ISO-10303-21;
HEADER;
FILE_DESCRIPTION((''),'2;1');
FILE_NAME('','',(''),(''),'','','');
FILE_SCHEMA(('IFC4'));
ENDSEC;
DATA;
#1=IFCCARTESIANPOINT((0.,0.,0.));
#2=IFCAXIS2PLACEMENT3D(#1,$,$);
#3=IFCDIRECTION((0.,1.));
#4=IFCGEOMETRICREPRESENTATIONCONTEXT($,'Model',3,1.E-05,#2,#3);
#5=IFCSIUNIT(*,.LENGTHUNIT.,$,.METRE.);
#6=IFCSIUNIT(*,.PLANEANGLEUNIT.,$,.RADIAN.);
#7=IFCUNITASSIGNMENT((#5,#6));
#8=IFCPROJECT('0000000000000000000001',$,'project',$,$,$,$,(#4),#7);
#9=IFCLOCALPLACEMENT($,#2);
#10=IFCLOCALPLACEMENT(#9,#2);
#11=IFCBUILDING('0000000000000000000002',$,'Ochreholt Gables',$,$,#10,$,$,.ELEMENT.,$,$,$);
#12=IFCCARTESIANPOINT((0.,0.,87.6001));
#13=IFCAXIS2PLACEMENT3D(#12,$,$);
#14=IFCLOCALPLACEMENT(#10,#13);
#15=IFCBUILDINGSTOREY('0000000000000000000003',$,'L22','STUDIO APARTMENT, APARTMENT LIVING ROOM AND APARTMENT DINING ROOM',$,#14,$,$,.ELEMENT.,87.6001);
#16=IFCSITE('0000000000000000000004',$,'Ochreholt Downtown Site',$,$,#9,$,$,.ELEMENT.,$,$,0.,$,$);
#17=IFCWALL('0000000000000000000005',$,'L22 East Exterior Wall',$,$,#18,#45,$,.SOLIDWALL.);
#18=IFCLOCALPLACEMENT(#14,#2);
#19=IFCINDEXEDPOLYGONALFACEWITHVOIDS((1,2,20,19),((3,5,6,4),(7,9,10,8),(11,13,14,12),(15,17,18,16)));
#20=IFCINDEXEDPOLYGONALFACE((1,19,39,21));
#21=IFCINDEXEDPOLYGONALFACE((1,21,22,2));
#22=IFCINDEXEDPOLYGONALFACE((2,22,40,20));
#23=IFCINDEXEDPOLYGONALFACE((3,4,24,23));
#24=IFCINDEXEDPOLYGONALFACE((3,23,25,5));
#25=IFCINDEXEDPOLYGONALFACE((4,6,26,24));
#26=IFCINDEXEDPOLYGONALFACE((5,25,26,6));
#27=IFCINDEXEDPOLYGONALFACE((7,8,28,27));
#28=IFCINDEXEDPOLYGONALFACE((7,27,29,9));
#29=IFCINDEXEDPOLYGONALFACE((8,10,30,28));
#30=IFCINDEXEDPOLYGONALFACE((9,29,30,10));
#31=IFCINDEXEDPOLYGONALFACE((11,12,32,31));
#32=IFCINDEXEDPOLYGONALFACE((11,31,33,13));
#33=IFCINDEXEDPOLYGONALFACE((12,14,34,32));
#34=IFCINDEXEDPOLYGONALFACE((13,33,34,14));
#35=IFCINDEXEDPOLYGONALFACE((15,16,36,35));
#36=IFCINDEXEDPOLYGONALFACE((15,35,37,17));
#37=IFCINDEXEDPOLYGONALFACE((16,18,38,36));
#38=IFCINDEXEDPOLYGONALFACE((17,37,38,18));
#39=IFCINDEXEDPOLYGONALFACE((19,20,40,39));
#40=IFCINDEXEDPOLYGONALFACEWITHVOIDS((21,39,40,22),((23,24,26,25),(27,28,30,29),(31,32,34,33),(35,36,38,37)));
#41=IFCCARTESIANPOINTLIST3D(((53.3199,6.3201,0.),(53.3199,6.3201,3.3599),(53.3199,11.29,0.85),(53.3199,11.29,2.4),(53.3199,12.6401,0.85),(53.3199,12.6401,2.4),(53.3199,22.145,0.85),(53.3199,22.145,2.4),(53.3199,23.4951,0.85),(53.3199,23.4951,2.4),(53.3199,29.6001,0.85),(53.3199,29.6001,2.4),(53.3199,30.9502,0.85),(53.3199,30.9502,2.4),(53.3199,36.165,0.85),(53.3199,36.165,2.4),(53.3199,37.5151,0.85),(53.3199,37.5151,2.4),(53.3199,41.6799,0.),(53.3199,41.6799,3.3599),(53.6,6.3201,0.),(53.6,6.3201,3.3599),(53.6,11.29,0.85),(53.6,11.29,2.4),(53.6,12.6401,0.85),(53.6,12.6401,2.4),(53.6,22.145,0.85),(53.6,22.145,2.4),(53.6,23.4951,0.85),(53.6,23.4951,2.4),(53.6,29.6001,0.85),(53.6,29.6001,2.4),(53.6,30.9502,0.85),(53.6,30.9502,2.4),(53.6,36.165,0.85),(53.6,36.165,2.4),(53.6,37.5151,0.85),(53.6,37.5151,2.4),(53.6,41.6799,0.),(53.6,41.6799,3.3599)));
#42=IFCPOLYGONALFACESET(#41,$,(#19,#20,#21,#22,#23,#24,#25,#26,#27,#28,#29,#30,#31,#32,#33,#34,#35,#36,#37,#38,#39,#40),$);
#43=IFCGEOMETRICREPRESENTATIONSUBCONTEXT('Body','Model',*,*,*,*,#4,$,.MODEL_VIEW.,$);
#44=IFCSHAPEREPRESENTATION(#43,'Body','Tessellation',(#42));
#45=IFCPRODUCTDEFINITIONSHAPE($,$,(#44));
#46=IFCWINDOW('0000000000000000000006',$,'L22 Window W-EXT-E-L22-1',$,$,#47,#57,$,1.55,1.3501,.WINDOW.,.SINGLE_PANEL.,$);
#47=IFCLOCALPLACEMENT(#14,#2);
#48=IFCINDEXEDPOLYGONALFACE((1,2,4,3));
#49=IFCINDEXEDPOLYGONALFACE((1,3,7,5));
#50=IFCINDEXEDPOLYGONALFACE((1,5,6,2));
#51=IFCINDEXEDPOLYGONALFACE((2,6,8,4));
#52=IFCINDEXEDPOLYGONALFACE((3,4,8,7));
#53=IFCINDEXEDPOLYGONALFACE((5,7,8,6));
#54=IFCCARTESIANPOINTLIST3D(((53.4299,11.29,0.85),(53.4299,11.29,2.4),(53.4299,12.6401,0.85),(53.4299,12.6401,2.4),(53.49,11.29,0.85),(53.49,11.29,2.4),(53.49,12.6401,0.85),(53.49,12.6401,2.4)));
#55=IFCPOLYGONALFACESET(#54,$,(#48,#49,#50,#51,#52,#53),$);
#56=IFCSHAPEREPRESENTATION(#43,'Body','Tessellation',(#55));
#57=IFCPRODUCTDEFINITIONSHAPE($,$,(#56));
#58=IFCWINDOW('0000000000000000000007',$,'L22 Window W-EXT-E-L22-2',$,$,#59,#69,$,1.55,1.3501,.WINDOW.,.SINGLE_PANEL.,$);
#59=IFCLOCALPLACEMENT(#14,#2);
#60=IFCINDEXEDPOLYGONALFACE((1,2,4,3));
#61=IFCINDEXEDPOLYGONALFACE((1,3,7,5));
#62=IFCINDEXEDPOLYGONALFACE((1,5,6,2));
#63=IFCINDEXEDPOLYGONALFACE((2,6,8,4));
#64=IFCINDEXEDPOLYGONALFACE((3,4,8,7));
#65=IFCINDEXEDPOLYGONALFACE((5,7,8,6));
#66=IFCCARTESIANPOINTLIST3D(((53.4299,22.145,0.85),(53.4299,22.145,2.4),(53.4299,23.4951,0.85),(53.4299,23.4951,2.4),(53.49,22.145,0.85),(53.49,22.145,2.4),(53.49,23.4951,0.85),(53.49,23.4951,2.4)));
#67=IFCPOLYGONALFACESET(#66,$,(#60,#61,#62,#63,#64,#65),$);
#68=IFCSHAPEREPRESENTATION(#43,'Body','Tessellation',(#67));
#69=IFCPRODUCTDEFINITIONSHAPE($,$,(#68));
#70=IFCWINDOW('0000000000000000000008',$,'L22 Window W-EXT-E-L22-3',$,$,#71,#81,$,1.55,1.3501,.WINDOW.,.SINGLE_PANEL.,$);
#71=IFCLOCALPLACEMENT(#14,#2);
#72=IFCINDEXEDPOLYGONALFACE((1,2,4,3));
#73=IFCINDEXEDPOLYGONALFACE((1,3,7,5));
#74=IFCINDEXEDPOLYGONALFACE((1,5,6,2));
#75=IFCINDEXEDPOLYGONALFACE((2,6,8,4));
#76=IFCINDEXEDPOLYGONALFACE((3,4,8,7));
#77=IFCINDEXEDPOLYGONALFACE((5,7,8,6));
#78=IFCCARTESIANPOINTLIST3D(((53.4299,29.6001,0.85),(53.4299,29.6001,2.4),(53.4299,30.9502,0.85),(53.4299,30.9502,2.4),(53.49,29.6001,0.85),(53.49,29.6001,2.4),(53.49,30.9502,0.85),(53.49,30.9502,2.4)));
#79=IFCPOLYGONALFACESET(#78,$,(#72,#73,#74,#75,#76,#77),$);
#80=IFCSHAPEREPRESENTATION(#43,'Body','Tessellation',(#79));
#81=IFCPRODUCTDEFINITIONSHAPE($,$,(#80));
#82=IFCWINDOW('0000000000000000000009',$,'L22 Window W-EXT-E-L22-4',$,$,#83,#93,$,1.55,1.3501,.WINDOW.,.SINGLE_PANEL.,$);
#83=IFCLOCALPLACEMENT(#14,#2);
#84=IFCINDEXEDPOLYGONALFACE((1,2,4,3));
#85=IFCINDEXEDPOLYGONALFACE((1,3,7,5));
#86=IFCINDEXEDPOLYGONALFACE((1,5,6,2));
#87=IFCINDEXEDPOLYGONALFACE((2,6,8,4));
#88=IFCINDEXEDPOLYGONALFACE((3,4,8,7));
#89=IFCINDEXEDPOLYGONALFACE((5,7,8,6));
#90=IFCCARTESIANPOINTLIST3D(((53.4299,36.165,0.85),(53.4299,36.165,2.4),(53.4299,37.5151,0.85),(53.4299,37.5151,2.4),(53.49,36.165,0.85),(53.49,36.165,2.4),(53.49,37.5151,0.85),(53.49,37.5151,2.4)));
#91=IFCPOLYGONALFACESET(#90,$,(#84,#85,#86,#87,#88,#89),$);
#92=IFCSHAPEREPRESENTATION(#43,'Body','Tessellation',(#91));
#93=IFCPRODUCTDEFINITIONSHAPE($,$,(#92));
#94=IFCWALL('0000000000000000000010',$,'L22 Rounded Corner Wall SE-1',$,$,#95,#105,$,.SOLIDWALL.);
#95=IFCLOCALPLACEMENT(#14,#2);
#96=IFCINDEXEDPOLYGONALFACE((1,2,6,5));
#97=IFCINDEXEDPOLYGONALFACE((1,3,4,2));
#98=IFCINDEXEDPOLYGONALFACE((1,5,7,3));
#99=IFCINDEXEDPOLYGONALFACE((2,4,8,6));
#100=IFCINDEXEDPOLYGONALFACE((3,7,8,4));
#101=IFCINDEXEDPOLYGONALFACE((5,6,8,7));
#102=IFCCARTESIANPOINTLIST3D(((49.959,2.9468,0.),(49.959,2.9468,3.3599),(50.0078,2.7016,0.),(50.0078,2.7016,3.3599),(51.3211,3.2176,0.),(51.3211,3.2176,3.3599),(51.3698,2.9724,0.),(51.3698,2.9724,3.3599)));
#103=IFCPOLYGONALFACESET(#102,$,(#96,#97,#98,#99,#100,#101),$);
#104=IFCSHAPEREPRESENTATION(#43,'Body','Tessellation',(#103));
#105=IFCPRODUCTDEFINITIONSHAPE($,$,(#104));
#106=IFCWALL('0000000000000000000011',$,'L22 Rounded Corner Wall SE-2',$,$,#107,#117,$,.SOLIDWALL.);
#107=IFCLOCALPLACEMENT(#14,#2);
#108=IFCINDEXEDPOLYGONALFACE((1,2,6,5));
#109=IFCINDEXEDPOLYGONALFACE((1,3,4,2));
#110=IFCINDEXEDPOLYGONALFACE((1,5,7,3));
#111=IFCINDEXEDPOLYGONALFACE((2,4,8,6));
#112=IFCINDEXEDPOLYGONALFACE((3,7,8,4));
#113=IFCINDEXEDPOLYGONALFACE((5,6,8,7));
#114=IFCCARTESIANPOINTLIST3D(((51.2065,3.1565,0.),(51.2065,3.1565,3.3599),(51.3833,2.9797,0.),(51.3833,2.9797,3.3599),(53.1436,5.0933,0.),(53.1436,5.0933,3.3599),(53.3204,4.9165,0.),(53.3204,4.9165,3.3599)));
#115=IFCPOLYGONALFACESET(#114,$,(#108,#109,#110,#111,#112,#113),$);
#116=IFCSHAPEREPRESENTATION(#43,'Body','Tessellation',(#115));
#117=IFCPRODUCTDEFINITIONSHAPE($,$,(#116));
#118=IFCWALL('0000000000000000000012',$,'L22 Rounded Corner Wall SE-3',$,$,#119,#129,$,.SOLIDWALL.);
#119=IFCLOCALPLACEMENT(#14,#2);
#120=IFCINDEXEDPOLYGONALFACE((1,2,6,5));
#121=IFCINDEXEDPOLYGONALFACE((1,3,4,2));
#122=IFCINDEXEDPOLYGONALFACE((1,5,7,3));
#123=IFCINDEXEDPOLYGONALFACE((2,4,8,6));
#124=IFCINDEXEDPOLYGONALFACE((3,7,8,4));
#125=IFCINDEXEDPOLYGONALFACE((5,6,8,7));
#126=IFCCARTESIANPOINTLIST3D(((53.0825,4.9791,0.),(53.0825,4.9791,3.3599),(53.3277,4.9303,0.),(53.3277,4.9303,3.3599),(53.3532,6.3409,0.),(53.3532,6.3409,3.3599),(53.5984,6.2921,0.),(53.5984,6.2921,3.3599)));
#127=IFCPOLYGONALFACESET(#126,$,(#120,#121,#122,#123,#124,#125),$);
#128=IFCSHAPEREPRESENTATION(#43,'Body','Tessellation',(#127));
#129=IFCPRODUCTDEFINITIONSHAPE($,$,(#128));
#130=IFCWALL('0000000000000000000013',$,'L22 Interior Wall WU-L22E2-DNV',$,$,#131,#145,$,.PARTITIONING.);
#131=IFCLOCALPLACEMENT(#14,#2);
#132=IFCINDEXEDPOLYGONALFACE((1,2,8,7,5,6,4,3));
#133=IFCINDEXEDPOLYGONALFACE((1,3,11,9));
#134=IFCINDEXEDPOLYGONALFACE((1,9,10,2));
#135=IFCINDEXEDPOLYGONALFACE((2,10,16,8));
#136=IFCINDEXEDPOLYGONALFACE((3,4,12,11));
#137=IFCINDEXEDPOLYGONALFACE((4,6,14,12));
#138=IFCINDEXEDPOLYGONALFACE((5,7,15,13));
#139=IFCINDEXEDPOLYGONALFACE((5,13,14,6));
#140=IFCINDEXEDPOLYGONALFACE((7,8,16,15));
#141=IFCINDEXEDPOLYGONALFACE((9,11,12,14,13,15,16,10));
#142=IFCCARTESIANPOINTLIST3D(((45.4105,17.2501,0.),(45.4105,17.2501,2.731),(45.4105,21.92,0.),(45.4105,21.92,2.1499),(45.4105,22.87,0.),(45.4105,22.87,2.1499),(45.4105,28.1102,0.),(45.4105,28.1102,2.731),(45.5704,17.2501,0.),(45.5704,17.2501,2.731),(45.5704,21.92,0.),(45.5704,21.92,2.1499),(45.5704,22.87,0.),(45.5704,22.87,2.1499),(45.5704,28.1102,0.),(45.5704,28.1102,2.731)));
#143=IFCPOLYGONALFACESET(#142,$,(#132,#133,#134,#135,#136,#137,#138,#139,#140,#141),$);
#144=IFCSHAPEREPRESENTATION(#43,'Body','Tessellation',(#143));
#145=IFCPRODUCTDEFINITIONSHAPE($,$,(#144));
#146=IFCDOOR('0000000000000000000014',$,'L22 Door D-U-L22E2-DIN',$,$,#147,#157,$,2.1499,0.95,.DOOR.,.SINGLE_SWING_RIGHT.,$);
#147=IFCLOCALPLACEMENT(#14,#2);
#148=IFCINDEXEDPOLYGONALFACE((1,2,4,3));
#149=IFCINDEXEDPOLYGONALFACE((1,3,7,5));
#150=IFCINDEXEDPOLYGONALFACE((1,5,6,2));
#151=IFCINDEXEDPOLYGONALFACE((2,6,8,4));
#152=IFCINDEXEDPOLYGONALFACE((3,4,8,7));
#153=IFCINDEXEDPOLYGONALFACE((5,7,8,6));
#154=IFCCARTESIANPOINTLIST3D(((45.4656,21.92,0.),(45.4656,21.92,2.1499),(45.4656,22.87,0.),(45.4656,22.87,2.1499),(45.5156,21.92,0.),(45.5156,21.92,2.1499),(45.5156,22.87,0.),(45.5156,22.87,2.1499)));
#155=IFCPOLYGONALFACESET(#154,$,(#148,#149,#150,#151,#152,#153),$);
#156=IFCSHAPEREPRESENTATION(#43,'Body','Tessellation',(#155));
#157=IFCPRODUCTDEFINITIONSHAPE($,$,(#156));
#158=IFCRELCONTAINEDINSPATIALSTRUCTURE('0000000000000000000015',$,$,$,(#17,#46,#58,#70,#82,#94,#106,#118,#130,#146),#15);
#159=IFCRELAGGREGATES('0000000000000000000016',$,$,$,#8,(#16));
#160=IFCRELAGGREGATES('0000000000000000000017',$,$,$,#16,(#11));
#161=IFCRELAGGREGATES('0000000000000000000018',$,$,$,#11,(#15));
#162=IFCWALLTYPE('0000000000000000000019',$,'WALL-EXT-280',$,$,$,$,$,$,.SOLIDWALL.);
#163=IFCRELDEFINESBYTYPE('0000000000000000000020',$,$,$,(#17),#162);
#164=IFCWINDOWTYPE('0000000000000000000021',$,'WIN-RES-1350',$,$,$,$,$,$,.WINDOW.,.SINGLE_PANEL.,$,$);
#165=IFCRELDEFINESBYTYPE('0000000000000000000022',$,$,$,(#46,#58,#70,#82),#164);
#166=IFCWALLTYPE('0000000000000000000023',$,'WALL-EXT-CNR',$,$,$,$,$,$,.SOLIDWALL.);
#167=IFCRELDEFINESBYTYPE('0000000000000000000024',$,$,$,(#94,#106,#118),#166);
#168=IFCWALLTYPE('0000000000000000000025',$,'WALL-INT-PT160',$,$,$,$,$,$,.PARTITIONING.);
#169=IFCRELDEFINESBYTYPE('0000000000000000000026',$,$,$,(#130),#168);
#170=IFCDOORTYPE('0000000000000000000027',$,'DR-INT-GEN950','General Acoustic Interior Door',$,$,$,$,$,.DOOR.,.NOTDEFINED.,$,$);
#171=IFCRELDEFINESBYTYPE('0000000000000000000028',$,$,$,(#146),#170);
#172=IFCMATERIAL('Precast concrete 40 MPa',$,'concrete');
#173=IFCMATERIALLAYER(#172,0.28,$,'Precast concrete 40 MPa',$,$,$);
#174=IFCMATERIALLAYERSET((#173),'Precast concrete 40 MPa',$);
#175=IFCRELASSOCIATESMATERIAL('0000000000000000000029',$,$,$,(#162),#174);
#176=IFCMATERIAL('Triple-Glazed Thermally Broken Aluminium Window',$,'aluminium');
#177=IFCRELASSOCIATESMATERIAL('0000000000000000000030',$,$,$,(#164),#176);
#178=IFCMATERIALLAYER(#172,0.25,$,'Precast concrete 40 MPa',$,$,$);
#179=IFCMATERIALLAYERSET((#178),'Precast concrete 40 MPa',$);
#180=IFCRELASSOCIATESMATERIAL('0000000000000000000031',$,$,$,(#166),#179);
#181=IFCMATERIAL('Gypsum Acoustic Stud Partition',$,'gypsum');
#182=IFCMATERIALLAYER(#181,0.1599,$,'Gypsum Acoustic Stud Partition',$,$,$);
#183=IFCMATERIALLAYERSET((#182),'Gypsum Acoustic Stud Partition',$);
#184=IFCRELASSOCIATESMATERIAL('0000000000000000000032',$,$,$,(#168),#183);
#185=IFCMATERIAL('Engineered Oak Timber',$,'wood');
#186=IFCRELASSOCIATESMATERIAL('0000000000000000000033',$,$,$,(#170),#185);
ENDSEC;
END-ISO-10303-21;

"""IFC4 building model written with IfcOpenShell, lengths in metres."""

from ifc_helpers import new_model, si_unit, direction, frame, frame_2d, origin, place, context, subcontext, project, spatial, rectangle, extrude, material, layer, layer_set, type_object, element, fill, save


model = new_model("IFC4")

# Units and contexts
model_context = context("Model", 3, precision=1e-05, world=origin(), true_north=direction((0.0, 1.0)))
body_context = subcontext(model_context, "Body", "Model", "MODEL_VIEW")
ifc_project = project(units=[si_unit("LENGTHUNIT", "METRE"), si_unit("PLANEANGLEUNIT", "RADIAN")], contexts=[model_context])

# Site, building, storey
site_placement = place(None, origin())
site = spatial("IfcSite", under=ifc_project, at=site_placement, Name="Ochreholt Downtown Site", CompositionType="ELEMENT", RefElevation=0.0)
building_placement = place(site_placement, origin())
building = spatial("IfcBuilding", under=site, at=building_placement, Name="Ochreholt Gables", CompositionType="ELEMENT")
storey_placement = place(building_placement, frame((0.0, 0.0, 87.6001)))
storey = spatial("IfcBuildingStorey", under=building, at=storey_placement, Name="L22", Description="STUDIO APARTMENT, APARTMENT LIVING ROOM AND APARTMENT DINING ROOM", CompositionType="ELEMENT", Elevation=87.6001)

# Wall, openings, windows
ifc_material_1 = material(Name="Precast concrete 40 MPa", Category="concrete")
ifc_layer_1 = layer(ifc_material_1, 0.28, Name="Precast concrete 40 MPa")
ifc_layer_set_1 = layer_set([ifc_layer_1], Name="Precast concrete 40 MPa")
wall_type_1 = type_object("IfcWallType", Name="WALL-EXT-280", PredefinedType="SOLIDWALL", material=ifc_layer_set_1)
wall_1_placement = place(storey_placement, frame((53.46, 6.3201, 0.0), z_axis=(0.0, 0.0, 1.0), x_axis=(0.0, 1.0, 0.0)))
wall_1 = element("IfcWall", 1, at=wall_1_placement, inside=storey, type_object=wall_type_1, Name="L22 East Exterior Wall", PredefinedType="SOLIDWALL", context=body_context, shape_type="SweptSolid", body=[
    extrude(rectangle(XDim=35.3599, YDim=0.28, at=frame_2d((17.6799, 0.0))), origin(), (0.0, 0.0, 1.0), 3.3599),
])
opening_1_placement = place(wall_1_placement, frame((4.97, 0.0, 0.8501)))
opening_1 = element("IfcOpeningElement", 2, at=opening_1_placement, cuts=wall_1, PredefinedType="OPENING", context=body_context, shape_type="SweptSolid", body=[
    extrude(rectangle(XDim=1.3501, YDim=1.55, at=frame_2d((0.675, 0.7749))), frame((0.0, 0.1499, 0.0), z_axis=(0.0, -1.0, 0.0), x_axis=(1.0, 0.0, 0.0)), (0.0, 0.0, 1.0), 0.3),
])
opening_2_placement = place(wall_1_placement, frame((15.825, 0.0, 0.8501)))
opening_2 = element("IfcOpeningElement", 3, at=opening_2_placement, cuts=wall_1, PredefinedType="OPENING", context=body_context, shape_type="SweptSolid", body=[
    extrude(rectangle(XDim=1.3501, YDim=1.55, at=frame_2d((0.675, 0.7749))), frame((0.0, 0.1499, 0.0), z_axis=(0.0, -1.0, 0.0), x_axis=(1.0, 0.0, 0.0)), (0.0, 0.0, 1.0), 0.3),
])
opening_3_placement = place(wall_1_placement, frame((23.28, 0.0, 0.8501)))
opening_3 = element("IfcOpeningElement", 4, at=opening_3_placement, cuts=wall_1, PredefinedType="OPENING", context=body_context, shape_type="SweptSolid", body=[
    extrude(rectangle(XDim=1.3501, YDim=1.55, at=frame_2d((0.675, 0.7749))), frame((0.0, 0.1499, 0.0), z_axis=(0.0, -1.0, 0.0), x_axis=(1.0, 0.0, 0.0)), (0.0, 0.0, 1.0), 0.3),
])
opening_4_placement = place(wall_1_placement, frame((29.845, 0.0, 0.8501)))
opening_4 = element("IfcOpeningElement", 5, at=opening_4_placement, cuts=wall_1, PredefinedType="OPENING", context=body_context, shape_type="SweptSolid", body=[
    extrude(rectangle(XDim=1.3501, YDim=1.55, at=frame_2d((0.675, 0.7749))), frame((0.0, 0.1499, 0.0), z_axis=(0.0, -1.0, 0.0), x_axis=(1.0, 0.0, 0.0)), (0.0, 0.0, 1.0), 0.3),
])
ifc_material_2 = material(Name="Triple-Glazed Thermally Broken Aluminium Window", Category="aluminium")
window_type = type_object("IfcWindowType", Name="WIN-RES-1350", PartitioningType="SINGLE_PANEL", PredefinedType="WINDOW", material=ifc_material_2)
window_1_placement = place(opening_1_placement, origin())
window_1 = element("IfcWindow", 6, at=window_1_placement, inside=storey, type_object=window_type, Name="L22 Window W-EXT-E-L22-1", OverallHeight=1.55, OverallWidth=1.3501, PartitioningType="SINGLE_PANEL", PredefinedType="WINDOW", context=body_context, shape_type="SweptSolid", body=[
    extrude(rectangle(XDim=1.3501, YDim=1.55, at=frame_2d((0.675, 0.7749))), frame((0.0, 0.03, 0.0), z_axis=(0.0, -1.0, 0.0), x_axis=(1.0, 0.0, 0.0)), (0.0, 0.0, 1.0), 0.0601),
])
fill(opening_1, window_1)
window_2_placement = place(opening_2_placement, origin())
window_2 = element("IfcWindow", 7, at=window_2_placement, inside=storey, type_object=window_type, Name="L22 Window W-EXT-E-L22-2", OverallHeight=1.55, OverallWidth=1.3501, PartitioningType="SINGLE_PANEL", PredefinedType="WINDOW", context=body_context, shape_type="SweptSolid", body=[
    extrude(rectangle(XDim=1.3501, YDim=1.55, at=frame_2d((0.675, 0.7749))), frame((0.0, 0.03, 0.0), z_axis=(0.0, -1.0, 0.0), x_axis=(1.0, 0.0, 0.0)), (0.0, 0.0, 1.0), 0.0601),
])
fill(opening_2, window_2)
window_3_placement = place(opening_3_placement, origin())
window_3 = element("IfcWindow", 8, at=window_3_placement, inside=storey, type_object=window_type, Name="L22 Window W-EXT-E-L22-3", OverallHeight=1.55, OverallWidth=1.3501, PartitioningType="SINGLE_PANEL", PredefinedType="WINDOW", context=body_context, shape_type="SweptSolid", body=[
    extrude(rectangle(XDim=1.3501, YDim=1.55, at=frame_2d((0.675, 0.7749))), frame((0.0, 0.03, 0.0), z_axis=(0.0, -1.0, 0.0), x_axis=(1.0, 0.0, 0.0)), (0.0, 0.0, 1.0), 0.0601),
])
fill(opening_3, window_3)
window_4_placement = place(opening_4_placement, origin())
window_4 = element("IfcWindow", 9, at=window_4_placement, inside=storey, type_object=window_type, Name="L22 Window W-EXT-E-L22-4", OverallHeight=1.55, OverallWidth=1.3501, PartitioningType="SINGLE_PANEL", PredefinedType="WINDOW", context=body_context, shape_type="SweptSolid", body=[
    extrude(rectangle(XDim=1.3501, YDim=1.55, at=frame_2d((0.675, 0.7749))), frame((0.0, 0.03, 0.0), z_axis=(0.0, -1.0, 0.0), x_axis=(1.0, 0.0, 0.0)), (0.0, 0.0, 1.0), 0.0601),
])
fill(opening_4, window_4)

# Walls
ifc_layer_2 = layer(ifc_material_1, 0.25, Name="Precast concrete 40 MPa")
ifc_layer_set_2 = layer_set([ifc_layer_2], Name="Precast concrete 40 MPa")
wall_type_2 = type_object("IfcWallType", Name="WALL-EXT-CNR", PredefinedType="SOLIDWALL", material=ifc_layer_set_2)
wall_2_placement = place(storey_placement, frame((49.9834, 2.8242, 0.0), z_axis=(0.0, 0.0, 1.0), x_axis=(0.98081, 0.194967, 0.0)))
element("IfcWall", 10, at=wall_2_placement, inside=storey, type_object=wall_type_2, Name="L22 Rounded Corner Wall SE-1", PredefinedType="SOLIDWALL", context=body_context, shape_type="SweptSolid", body=[
    extrude(rectangle(XDim=1.3887, YDim=0.25, at=frame_2d((0.6943, 0.0))), origin(), (0.0, 0.0, 1.0), 3.3599),
])
wall_3_placement = place(storey_placement, frame((51.2949, 3.0681, 0.0), z_axis=(0.0, 0.0, 1.0), x_axis=(0.707151, 0.707062, 0.0)))
element("IfcWall", 11, at=wall_3_placement, inside=storey, type_object=wall_type_2, Name="L22 Rounded Corner Wall SE-2", PredefinedType="SOLIDWALL", context=body_context, shape_type="SweptSolid", body=[
    extrude(rectangle(XDim=2.7393, YDim=0.25, at=frame_2d((1.3696, 0.0))), origin(), (0.0, 0.0, 1.0), 3.3599),
])
wall_4_placement = place(storey_placement, frame((53.2051, 4.9546, 0.0), z_axis=(0.0, 0.0, 1.0), x_axis=(0.195, 0.980803, 0.0)))
element("IfcWall", 12, at=wall_4_placement, inside=storey, type_object=wall_type_2, Name="L22 Rounded Corner Wall SE-3", PredefinedType="SOLIDWALL", context=body_context, shape_type="SweptSolid", body=[
    extrude(rectangle(XDim=1.3884, YDim=0.25, at=frame_2d((0.6943, 0.0))), origin(), (0.0, 0.0, 1.0), 3.3599),
])

# Wall, opening, door
ifc_material_3 = material(Name="Gypsum Acoustic Stud Partition", Category="gypsum")
ifc_layer_3 = layer(ifc_material_3, 0.1599, Name="Gypsum Acoustic Stud Partition")
ifc_layer_set_3 = layer_set([ifc_layer_3], Name="Gypsum Acoustic Stud Partition")
wall_type_3 = type_object("IfcWallType", Name="WALL-INT-PT160", PredefinedType="PARTITIONING", material=ifc_layer_set_3)
wall_5_placement = place(storey_placement, frame((45.4905, 17.25, 0.0), z_axis=(0.0, 0.0, 1.0), x_axis=(0.0, 1.0, 0.0)))
wall_5 = element("IfcWall", 13, at=wall_5_placement, inside=storey, type_object=wall_type_3, Name="L22 Interior Wall WU-L22E2-DNV", PredefinedType="PARTITIONING", context=body_context, shape_type="SweptSolid", body=[
    extrude(rectangle(XDim=10.8601, YDim=0.1599, at=frame_2d((5.4302, 0.0))), origin(), (0.0, 0.0, 1.0), 2.731),
])
opening_5_placement = place(wall_5_placement, frame((4.6699, 0.0, 0.0)))
opening_5 = element("IfcOpeningElement", 14, at=opening_5_placement, cuts=wall_5, PredefinedType="OPENING", context=body_context, shape_type="SweptSolid", body=[
    extrude(rectangle(XDim=0.95, YDim=2.1499, at=frame_2d((0.4751, 1.075))), frame((0.0, 0.0898, 0.0), z_axis=(0.0, -1.0, 0.0), x_axis=(1.0, 0.0, 0.0)), (0.0, 0.0, 1.0), 0.1799),
])
ifc_material_4 = material(Name="Engineered Oak Timber", Category="wood")
door_type = type_object("IfcDoorType", Name="DR-INT-GEN950", Description="General Acoustic Interior Door", OperationType="NOTDEFINED", PredefinedType="DOOR", material=ifc_material_4)
door_placement = place(opening_5_placement, origin())
door = element("IfcDoor", 15, at=door_placement, inside=storey, type_object=door_type, Name="L22 Door D-U-L22E2-DIN", OperationType="SINGLE_SWING_RIGHT", OverallHeight=2.1499, OverallWidth=0.95, PredefinedType="DOOR", context=body_context, shape_type="SweptSolid", body=[
    extrude(rectangle(XDim=0.95, YDim=2.1499, at=frame_2d((0.4751, 1.075))), frame((0.0, 0.0249, 0.0), z_axis=(0.0, -1.0, 0.0), x_axis=(1.0, 0.0, 0.0)), (0.0, 0.0, 1.0), 0.05),
])
fill(opening_5, door)

save(model, "model.ifc")
